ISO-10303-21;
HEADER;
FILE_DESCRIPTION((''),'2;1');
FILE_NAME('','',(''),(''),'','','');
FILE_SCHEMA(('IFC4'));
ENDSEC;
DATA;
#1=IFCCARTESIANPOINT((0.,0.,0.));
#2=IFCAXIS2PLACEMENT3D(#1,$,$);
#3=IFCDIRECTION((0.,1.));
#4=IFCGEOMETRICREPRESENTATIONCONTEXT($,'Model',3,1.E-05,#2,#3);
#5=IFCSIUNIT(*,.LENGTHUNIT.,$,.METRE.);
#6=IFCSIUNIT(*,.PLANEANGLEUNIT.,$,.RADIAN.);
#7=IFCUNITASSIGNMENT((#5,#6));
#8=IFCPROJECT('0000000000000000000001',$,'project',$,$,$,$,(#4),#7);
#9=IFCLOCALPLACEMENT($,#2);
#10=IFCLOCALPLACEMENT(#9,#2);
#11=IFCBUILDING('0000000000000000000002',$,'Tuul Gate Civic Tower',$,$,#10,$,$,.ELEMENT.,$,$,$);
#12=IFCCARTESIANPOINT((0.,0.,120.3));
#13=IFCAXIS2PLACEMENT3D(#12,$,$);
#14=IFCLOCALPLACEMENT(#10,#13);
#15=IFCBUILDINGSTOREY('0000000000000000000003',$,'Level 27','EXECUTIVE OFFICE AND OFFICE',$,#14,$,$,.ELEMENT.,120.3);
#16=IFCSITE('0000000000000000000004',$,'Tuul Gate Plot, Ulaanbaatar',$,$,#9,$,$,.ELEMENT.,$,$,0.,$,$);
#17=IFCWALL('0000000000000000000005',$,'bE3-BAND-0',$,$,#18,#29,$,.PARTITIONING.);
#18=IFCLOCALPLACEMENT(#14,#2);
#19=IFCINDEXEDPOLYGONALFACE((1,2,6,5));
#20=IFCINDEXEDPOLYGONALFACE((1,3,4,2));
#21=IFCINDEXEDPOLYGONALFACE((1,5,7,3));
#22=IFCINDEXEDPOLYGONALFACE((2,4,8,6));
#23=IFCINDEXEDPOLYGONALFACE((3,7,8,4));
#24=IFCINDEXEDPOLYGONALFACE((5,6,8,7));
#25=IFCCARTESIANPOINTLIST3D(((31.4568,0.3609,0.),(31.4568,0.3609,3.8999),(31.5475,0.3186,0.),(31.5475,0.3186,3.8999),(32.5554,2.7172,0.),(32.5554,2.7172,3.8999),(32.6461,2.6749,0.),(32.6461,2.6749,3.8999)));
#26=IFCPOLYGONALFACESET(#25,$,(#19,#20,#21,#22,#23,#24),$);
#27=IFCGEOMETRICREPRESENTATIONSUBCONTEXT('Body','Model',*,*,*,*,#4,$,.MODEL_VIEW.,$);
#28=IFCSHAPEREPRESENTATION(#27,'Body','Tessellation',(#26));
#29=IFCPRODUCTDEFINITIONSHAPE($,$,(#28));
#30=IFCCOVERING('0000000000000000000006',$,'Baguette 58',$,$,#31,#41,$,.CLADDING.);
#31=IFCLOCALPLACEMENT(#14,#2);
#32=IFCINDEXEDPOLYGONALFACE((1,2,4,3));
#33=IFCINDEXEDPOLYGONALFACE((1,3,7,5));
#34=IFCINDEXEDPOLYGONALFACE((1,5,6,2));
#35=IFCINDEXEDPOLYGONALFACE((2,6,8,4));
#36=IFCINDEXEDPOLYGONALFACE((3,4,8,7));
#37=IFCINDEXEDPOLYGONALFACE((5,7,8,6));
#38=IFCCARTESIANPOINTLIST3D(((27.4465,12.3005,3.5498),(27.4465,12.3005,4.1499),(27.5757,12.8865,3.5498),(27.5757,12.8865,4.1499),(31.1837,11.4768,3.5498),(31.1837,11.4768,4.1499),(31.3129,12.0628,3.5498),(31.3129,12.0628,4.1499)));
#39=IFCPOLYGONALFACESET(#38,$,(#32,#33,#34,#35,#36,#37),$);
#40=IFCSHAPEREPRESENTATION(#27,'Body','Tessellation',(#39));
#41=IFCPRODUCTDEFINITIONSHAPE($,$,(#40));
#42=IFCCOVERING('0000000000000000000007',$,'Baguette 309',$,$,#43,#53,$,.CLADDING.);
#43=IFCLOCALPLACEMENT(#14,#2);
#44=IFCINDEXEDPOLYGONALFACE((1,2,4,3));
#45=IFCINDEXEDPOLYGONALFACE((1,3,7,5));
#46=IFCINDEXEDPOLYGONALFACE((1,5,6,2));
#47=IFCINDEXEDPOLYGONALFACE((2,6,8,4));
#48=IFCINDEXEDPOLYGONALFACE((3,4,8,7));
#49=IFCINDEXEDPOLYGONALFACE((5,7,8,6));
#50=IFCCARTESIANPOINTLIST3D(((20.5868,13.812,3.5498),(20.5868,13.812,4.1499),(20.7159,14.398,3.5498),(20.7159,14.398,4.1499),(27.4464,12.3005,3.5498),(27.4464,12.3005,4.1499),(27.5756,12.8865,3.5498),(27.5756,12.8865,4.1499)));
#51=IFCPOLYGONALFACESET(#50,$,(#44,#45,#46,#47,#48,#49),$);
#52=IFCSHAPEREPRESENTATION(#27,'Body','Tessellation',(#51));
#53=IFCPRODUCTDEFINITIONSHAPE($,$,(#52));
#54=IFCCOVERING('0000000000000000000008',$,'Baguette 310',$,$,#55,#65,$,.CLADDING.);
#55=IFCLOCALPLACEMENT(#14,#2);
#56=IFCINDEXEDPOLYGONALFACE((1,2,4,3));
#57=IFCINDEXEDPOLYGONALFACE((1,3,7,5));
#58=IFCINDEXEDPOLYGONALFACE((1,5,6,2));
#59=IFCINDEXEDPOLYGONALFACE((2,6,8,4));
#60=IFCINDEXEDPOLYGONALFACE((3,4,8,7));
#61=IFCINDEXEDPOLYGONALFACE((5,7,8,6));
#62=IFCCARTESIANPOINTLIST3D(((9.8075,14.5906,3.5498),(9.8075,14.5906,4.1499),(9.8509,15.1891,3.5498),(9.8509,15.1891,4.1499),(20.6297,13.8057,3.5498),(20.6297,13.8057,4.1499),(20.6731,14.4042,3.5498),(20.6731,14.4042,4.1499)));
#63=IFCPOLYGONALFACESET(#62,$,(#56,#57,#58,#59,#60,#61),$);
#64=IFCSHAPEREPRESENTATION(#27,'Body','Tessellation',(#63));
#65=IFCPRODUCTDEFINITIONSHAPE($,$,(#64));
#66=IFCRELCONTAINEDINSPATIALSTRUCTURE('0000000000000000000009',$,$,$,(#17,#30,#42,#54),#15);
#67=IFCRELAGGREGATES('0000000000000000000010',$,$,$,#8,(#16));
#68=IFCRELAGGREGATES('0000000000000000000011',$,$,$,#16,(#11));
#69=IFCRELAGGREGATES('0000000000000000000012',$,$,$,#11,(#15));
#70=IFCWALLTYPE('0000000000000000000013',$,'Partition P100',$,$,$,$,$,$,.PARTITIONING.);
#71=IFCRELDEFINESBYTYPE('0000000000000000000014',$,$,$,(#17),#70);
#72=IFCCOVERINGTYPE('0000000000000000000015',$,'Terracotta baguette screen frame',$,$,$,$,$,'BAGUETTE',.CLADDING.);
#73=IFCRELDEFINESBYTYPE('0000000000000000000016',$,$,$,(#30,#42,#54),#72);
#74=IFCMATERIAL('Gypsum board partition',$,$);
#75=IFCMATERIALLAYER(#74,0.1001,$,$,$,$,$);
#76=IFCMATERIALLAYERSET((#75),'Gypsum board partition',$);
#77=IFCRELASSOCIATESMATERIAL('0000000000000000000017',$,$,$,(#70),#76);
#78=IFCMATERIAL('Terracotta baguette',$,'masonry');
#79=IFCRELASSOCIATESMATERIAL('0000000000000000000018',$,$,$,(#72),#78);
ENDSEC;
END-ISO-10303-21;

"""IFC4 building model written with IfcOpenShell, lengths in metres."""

from ifc_helpers import new_model, si_unit, direction, frame, frame_2d, origin, origin_2d, place, context, subcontext, project, spatial, rectangle, extrude, material, layer, layer_set, material_profile, profile_set, type_object, element, save


model = new_model("IFC4")

# Units and contexts
model_context = context("Model", 3, precision=1e-05, world=origin(), true_north=direction((0.0, 1.0)))
body_context = subcontext(model_context, "Body", "Model", "MODEL_VIEW")
ifc_project = project(units=[si_unit("LENGTHUNIT", "METRE"), si_unit("PLANEANGLEUNIT", "RADIAN")], contexts=[model_context])

# Site, building, storey
site_placement = place(None, origin())
site = spatial("IfcSite", under=ifc_project, at=site_placement, Name="Tuul Gate Plot, Ulaanbaatar", CompositionType="ELEMENT", RefElevation=0.0)
building_placement = place(site_placement, origin())
building = spatial("IfcBuilding", under=site, at=building_placement, Name="Tuul Gate Civic Tower", CompositionType="ELEMENT")
storey_placement = place(building_placement, frame((0.0, 0.0, 120.3)))
storey = spatial("IfcBuildingStorey", under=building, at=storey_placement, Name="Level 27", Description="EXECUTIVE OFFICE AND OFFICE", CompositionType="ELEMENT", Elevation=120.3)

# Wall
ifc_material_1 = material(Name="Gypsum board partition")
ifc_layer_1 = layer(ifc_material_1, 0.1001)
ifc_layer_set_1 = layer_set([ifc_layer_1], Name="Gypsum board partition")
wall_type_1 = type_object("IfcWallType", Name="Partition P100", PredefinedType="PARTITIONING", material=ifc_layer_set_1)
wall_1_placement = place(storey_placement, frame((31.5022, 0.3398, 0.0), z_axis=(0.0, 0.0, 1.0), x_axis=(0.422556, 0.906337, 0.0)))
element("IfcWall", 1, at=wall_1_placement, inside=storey, type_object=wall_type_1, Name="bE3-BAND-0", PredefinedType="PARTITIONING", context=body_context, shape_type="SweptSolid", body=[
    extrude(rectangle(XDim=2.5999, YDim=0.1001, at=frame_2d((1.2998, 0.0))), origin(), (0.0, 0.0, 1.0), 3.8999),
])

# Coverings
ifc_material_2 = material(Name="Terracotta baguette", Category="masonry")
ifc_material_profile_1 = material_profile(ifc_material_2, rectangle(XDim=0.6001, YDim=0.6001, at=origin_2d()), Name="Terracotta baguette screen frame")
ifc_profile_set_1 = profile_set([ifc_material_profile_1], Name="Terracotta baguette")
covering_type = type_object("IfcCoveringType", Name="Terracotta baguette screen frame", ElementType="BAGUETTE", PredefinedType="CLADDING", material=ifc_profile_set_1)
covering_1_placement = place(storey_placement, frame((31.2483, 11.7698, 3.8499), z_axis=(-0.976561, 0.215241, 0.0), x_axis=(-0.215241, -0.976561, 0.0)))
element("IfcCovering", 2, at=covering_1_placement, inside=storey, type_object=covering_type, Name="Baguette 58", PredefinedType="CLADDING", context=body_context, shape_type="SweptSolid", body=[
    extrude(rectangle(XDim=0.6001, YDim=0.6001, at=origin_2d()), origin(), (0.0, 0.0, 1.0), 3.8269),
])
covering_2_placement = place(storey_placement, frame((27.511, 12.5935, 3.8499), z_axis=(-0.976574, 0.215182, 0.0), x_axis=(-0.215182, -0.976574, 0.0)))
element("IfcCovering", 3, at=covering_2_placement, inside=storey, type_object=covering_type, Name="Baguette 309", PredefinedType="CLADDING", context=body_context, shape_type="SweptSolid", body=[
    extrude(rectangle(XDim=0.6001, YDim=0.6001, at=origin_2d()), origin(), (0.0, 0.0, 1.0), 7.0242),
])
covering_3_placement = place(storey_placement, frame((20.6514, 14.105, 3.8499), z_axis=(-0.99738, 0.072338, 0.0), x_axis=(-0.072338, -0.99738, 0.0)))
element("IfcCovering", 4, at=covering_3_placement, inside=storey, type_object=covering_type, Name="Baguette 310", PredefinedType="CLADDING", context=body_context, shape_type="SweptSolid", body=[
    extrude(rectangle(XDim=0.6001, YDim=0.6001, at=origin_2d()), origin(), (0.0, 0.0, 1.0), 10.8506),
])

save(model, "model.ifc")
